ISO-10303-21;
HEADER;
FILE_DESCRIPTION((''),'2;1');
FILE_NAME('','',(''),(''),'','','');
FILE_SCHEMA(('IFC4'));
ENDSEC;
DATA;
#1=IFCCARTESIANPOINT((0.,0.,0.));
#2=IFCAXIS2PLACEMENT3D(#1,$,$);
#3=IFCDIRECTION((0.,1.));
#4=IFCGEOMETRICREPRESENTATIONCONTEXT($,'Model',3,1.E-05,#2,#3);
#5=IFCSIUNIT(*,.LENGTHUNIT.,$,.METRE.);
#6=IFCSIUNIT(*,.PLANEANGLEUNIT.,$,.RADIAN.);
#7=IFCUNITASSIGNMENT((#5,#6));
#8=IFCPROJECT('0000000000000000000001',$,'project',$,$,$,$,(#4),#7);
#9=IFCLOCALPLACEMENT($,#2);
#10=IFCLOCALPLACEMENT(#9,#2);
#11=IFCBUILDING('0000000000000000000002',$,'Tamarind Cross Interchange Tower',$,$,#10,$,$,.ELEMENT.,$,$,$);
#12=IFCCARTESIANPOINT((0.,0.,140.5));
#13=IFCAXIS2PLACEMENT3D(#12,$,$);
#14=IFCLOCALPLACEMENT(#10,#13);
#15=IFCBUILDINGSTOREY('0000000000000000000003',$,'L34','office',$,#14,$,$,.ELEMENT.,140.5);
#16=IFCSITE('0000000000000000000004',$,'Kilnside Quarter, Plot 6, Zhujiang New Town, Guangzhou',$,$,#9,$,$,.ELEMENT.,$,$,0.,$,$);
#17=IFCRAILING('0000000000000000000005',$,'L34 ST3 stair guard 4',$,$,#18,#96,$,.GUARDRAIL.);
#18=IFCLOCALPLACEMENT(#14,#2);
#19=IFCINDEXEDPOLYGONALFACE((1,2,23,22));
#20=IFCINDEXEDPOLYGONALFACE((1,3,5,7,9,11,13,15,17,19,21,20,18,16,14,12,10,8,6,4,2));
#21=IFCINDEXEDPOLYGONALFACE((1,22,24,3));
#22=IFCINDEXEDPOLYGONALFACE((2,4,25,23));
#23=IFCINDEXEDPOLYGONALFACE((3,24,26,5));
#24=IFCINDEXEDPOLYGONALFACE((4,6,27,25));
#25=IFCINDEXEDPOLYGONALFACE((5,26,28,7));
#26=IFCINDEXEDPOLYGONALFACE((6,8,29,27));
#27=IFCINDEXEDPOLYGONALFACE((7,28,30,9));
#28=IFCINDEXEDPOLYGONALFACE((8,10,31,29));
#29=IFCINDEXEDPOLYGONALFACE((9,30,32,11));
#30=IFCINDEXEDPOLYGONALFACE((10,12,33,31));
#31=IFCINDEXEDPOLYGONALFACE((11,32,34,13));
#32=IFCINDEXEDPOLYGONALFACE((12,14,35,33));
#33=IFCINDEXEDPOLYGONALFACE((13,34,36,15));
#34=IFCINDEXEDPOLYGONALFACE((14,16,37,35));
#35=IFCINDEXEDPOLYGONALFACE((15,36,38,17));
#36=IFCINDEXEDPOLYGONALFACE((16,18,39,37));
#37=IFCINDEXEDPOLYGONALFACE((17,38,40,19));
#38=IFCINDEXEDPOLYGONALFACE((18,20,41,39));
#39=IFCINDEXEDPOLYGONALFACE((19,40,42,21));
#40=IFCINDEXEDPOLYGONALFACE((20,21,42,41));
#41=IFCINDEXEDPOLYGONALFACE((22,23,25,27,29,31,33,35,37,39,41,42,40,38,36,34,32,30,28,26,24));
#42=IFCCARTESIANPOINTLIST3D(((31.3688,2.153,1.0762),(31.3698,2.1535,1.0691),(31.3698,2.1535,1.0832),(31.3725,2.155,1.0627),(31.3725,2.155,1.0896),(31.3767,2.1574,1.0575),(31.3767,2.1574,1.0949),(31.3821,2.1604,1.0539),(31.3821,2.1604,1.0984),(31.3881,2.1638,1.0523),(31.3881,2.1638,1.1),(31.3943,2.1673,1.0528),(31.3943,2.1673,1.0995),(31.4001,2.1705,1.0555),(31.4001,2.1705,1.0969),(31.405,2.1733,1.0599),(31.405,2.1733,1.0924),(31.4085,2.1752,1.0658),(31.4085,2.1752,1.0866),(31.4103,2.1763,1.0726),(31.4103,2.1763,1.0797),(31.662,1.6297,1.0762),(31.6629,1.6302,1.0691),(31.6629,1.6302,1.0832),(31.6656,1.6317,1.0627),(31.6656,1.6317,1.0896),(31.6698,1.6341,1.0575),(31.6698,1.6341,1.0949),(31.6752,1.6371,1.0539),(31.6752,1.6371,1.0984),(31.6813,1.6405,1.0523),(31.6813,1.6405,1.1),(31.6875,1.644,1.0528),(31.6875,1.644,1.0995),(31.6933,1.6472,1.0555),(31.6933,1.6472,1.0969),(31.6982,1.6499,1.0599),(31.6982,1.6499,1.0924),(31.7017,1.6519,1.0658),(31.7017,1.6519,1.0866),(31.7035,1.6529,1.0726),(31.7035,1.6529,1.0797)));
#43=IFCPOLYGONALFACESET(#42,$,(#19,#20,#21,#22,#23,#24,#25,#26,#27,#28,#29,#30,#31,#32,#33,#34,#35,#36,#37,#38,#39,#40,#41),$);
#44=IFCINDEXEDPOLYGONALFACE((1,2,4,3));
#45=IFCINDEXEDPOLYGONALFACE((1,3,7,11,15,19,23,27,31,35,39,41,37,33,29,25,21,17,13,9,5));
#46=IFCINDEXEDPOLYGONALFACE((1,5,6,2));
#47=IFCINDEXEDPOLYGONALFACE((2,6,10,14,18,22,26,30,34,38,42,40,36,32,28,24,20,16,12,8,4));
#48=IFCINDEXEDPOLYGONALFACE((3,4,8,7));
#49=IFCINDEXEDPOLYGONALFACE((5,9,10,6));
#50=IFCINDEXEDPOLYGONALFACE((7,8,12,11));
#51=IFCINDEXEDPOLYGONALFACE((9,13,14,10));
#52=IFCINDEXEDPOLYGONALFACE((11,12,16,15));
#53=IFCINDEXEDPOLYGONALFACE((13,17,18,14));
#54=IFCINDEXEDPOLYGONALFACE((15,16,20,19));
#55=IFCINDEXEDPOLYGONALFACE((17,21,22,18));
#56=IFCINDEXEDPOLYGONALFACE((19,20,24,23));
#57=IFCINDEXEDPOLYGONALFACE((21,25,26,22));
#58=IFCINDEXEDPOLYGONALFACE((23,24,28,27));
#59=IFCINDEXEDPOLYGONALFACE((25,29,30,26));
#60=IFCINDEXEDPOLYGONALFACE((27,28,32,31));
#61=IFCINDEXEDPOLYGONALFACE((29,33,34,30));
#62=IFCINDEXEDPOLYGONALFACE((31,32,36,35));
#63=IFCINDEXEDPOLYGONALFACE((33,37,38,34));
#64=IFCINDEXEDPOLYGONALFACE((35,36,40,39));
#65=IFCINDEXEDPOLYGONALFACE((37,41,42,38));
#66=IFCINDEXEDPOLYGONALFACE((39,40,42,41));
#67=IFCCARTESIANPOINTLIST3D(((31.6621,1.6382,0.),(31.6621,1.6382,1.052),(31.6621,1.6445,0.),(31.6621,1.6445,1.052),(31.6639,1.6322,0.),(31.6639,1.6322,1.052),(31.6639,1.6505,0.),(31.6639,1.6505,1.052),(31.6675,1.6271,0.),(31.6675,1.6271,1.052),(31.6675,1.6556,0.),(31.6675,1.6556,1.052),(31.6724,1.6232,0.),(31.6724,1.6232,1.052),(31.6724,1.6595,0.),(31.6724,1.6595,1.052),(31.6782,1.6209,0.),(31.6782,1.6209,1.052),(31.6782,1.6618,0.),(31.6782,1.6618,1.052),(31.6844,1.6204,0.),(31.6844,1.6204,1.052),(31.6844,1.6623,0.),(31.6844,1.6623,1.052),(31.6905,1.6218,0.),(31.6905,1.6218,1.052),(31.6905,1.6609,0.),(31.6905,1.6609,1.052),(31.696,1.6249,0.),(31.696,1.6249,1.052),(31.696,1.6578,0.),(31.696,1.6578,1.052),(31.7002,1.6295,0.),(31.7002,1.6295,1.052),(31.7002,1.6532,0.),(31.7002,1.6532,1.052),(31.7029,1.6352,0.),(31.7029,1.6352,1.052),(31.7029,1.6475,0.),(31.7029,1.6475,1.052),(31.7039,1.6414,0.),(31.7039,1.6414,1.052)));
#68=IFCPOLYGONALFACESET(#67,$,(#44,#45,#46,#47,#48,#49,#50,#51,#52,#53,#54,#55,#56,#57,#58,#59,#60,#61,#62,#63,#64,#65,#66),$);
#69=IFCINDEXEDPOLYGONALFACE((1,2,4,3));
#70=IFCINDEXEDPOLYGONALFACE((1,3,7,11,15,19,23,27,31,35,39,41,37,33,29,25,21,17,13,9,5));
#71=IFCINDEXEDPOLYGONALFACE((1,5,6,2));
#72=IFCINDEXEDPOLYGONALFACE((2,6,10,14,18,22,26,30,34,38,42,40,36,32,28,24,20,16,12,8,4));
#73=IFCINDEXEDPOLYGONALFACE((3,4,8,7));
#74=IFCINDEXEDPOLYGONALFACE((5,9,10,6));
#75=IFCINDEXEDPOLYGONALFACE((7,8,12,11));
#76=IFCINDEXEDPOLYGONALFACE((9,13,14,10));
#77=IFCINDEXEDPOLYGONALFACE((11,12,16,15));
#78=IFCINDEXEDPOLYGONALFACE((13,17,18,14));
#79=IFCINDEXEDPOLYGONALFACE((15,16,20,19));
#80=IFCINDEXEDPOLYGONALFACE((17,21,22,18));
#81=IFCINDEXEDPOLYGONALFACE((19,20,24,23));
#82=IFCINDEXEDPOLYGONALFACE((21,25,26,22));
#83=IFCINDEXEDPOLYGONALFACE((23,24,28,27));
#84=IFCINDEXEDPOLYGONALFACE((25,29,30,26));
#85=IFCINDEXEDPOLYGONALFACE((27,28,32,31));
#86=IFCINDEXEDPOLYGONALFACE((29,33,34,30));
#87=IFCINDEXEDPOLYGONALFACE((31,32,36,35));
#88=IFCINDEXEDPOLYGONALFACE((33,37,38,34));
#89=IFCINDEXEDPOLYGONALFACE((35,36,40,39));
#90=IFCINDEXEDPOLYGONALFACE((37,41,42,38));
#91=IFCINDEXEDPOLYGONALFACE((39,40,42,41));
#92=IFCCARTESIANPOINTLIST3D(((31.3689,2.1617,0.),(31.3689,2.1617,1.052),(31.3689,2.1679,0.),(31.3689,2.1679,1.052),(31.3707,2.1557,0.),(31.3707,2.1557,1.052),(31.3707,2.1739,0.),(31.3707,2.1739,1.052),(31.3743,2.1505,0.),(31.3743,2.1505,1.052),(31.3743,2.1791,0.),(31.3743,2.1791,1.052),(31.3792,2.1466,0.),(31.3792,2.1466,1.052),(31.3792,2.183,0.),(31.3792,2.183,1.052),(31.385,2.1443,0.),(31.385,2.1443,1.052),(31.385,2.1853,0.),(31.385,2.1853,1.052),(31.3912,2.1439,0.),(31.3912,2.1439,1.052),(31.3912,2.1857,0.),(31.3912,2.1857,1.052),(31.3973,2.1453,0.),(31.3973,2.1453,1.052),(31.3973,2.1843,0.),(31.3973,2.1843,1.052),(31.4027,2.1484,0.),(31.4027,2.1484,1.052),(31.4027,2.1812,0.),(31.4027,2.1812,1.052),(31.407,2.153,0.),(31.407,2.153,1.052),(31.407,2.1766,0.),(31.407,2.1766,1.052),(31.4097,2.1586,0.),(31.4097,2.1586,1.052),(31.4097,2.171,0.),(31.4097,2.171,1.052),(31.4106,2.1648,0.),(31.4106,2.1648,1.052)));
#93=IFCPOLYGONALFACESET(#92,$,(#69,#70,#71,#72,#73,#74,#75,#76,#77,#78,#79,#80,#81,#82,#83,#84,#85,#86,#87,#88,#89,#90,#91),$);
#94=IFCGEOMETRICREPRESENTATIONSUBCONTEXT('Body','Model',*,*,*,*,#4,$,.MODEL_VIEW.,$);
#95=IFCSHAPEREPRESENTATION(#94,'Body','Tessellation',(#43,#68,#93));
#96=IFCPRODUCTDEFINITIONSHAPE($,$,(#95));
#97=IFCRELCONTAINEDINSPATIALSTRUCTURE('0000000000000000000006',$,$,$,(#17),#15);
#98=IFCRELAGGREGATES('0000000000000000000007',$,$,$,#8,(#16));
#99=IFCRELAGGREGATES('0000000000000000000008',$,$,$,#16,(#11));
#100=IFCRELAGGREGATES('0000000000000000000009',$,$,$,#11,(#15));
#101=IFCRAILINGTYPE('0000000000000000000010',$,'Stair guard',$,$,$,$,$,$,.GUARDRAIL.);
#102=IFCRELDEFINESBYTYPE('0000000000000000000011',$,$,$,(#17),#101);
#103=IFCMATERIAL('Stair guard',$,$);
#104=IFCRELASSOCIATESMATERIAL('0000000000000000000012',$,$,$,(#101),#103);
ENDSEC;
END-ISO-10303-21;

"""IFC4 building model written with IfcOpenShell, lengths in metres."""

from ifc_helpers import new_model, si_unit, direction, frame, origin, origin_2d, place, context, subcontext, project, spatial, circle, extrude, material, type_object, element, save


model = new_model("IFC4")

# Units and contexts
model_context = context("Model", 3, precision=1e-05, world=origin(), true_north=direction((0.0, 1.0)))
body_context = subcontext(model_context, "Body", "Model", "MODEL_VIEW")
ifc_project = project(units=[si_unit("LENGTHUNIT", "METRE"), si_unit("PLANEANGLEUNIT", "RADIAN")], contexts=[model_context])

# Site, building, storey
site_placement = place(None, origin())
site = spatial("IfcSite", under=ifc_project, at=site_placement, Name="Kilnside Quarter, Plot 6, Zhujiang New Town, Guangzhou", CompositionType="ELEMENT", RefElevation=0.0)
building_placement = place(site_placement, origin())
building = spatial("IfcBuilding", under=site, at=building_placement, Name="Tamarind Cross Interchange Tower", CompositionType="ELEMENT")
storey_placement = place(building_placement, frame((0.0, 0.0, 140.5)))
storey = spatial("IfcBuildingStorey", under=building, at=storey_placement, Name="L34", Description="office", CompositionType="ELEMENT", Elevation=140.5)

# Railing
ifc_material_1 = material(Name="Stair guard")
railing_type = type_object("IfcRailingType", Name="Stair guard", PredefinedType="GUARDRAIL", material=ifc_material_1)
railing_placement = place(storey_placement, frame((31.6829, 1.6414, 0.0)))
element("IfcRailing", 1, at=railing_placement, inside=storey, type_object=railing_type, Name="L34 ST3 stair guard 4", PredefinedType="GUARDRAIL", context=body_context, shape_type="SweptSolid", body=[
    extrude(circle(Radius=0.0239, at=origin_2d()), frame((0.0, 0.0, 1.0762), z_axis=(-0.488715, 0.872444, 0.0), x_axis=(-0.872444, -0.488715, 0.0)), (0.0, 0.0, 1.0), 0.5999),
    extrude(circle(Radius=0.021, at=origin_2d()), origin(), (0.0, 0.0, 1.0), 1.052),
    extrude(circle(Radius=0.021, at=origin_2d()), frame((-0.2932, 0.5234, 0.0)), (0.0, 0.0, 1.0), 1.052),
])

save(model, "model.ifc")
